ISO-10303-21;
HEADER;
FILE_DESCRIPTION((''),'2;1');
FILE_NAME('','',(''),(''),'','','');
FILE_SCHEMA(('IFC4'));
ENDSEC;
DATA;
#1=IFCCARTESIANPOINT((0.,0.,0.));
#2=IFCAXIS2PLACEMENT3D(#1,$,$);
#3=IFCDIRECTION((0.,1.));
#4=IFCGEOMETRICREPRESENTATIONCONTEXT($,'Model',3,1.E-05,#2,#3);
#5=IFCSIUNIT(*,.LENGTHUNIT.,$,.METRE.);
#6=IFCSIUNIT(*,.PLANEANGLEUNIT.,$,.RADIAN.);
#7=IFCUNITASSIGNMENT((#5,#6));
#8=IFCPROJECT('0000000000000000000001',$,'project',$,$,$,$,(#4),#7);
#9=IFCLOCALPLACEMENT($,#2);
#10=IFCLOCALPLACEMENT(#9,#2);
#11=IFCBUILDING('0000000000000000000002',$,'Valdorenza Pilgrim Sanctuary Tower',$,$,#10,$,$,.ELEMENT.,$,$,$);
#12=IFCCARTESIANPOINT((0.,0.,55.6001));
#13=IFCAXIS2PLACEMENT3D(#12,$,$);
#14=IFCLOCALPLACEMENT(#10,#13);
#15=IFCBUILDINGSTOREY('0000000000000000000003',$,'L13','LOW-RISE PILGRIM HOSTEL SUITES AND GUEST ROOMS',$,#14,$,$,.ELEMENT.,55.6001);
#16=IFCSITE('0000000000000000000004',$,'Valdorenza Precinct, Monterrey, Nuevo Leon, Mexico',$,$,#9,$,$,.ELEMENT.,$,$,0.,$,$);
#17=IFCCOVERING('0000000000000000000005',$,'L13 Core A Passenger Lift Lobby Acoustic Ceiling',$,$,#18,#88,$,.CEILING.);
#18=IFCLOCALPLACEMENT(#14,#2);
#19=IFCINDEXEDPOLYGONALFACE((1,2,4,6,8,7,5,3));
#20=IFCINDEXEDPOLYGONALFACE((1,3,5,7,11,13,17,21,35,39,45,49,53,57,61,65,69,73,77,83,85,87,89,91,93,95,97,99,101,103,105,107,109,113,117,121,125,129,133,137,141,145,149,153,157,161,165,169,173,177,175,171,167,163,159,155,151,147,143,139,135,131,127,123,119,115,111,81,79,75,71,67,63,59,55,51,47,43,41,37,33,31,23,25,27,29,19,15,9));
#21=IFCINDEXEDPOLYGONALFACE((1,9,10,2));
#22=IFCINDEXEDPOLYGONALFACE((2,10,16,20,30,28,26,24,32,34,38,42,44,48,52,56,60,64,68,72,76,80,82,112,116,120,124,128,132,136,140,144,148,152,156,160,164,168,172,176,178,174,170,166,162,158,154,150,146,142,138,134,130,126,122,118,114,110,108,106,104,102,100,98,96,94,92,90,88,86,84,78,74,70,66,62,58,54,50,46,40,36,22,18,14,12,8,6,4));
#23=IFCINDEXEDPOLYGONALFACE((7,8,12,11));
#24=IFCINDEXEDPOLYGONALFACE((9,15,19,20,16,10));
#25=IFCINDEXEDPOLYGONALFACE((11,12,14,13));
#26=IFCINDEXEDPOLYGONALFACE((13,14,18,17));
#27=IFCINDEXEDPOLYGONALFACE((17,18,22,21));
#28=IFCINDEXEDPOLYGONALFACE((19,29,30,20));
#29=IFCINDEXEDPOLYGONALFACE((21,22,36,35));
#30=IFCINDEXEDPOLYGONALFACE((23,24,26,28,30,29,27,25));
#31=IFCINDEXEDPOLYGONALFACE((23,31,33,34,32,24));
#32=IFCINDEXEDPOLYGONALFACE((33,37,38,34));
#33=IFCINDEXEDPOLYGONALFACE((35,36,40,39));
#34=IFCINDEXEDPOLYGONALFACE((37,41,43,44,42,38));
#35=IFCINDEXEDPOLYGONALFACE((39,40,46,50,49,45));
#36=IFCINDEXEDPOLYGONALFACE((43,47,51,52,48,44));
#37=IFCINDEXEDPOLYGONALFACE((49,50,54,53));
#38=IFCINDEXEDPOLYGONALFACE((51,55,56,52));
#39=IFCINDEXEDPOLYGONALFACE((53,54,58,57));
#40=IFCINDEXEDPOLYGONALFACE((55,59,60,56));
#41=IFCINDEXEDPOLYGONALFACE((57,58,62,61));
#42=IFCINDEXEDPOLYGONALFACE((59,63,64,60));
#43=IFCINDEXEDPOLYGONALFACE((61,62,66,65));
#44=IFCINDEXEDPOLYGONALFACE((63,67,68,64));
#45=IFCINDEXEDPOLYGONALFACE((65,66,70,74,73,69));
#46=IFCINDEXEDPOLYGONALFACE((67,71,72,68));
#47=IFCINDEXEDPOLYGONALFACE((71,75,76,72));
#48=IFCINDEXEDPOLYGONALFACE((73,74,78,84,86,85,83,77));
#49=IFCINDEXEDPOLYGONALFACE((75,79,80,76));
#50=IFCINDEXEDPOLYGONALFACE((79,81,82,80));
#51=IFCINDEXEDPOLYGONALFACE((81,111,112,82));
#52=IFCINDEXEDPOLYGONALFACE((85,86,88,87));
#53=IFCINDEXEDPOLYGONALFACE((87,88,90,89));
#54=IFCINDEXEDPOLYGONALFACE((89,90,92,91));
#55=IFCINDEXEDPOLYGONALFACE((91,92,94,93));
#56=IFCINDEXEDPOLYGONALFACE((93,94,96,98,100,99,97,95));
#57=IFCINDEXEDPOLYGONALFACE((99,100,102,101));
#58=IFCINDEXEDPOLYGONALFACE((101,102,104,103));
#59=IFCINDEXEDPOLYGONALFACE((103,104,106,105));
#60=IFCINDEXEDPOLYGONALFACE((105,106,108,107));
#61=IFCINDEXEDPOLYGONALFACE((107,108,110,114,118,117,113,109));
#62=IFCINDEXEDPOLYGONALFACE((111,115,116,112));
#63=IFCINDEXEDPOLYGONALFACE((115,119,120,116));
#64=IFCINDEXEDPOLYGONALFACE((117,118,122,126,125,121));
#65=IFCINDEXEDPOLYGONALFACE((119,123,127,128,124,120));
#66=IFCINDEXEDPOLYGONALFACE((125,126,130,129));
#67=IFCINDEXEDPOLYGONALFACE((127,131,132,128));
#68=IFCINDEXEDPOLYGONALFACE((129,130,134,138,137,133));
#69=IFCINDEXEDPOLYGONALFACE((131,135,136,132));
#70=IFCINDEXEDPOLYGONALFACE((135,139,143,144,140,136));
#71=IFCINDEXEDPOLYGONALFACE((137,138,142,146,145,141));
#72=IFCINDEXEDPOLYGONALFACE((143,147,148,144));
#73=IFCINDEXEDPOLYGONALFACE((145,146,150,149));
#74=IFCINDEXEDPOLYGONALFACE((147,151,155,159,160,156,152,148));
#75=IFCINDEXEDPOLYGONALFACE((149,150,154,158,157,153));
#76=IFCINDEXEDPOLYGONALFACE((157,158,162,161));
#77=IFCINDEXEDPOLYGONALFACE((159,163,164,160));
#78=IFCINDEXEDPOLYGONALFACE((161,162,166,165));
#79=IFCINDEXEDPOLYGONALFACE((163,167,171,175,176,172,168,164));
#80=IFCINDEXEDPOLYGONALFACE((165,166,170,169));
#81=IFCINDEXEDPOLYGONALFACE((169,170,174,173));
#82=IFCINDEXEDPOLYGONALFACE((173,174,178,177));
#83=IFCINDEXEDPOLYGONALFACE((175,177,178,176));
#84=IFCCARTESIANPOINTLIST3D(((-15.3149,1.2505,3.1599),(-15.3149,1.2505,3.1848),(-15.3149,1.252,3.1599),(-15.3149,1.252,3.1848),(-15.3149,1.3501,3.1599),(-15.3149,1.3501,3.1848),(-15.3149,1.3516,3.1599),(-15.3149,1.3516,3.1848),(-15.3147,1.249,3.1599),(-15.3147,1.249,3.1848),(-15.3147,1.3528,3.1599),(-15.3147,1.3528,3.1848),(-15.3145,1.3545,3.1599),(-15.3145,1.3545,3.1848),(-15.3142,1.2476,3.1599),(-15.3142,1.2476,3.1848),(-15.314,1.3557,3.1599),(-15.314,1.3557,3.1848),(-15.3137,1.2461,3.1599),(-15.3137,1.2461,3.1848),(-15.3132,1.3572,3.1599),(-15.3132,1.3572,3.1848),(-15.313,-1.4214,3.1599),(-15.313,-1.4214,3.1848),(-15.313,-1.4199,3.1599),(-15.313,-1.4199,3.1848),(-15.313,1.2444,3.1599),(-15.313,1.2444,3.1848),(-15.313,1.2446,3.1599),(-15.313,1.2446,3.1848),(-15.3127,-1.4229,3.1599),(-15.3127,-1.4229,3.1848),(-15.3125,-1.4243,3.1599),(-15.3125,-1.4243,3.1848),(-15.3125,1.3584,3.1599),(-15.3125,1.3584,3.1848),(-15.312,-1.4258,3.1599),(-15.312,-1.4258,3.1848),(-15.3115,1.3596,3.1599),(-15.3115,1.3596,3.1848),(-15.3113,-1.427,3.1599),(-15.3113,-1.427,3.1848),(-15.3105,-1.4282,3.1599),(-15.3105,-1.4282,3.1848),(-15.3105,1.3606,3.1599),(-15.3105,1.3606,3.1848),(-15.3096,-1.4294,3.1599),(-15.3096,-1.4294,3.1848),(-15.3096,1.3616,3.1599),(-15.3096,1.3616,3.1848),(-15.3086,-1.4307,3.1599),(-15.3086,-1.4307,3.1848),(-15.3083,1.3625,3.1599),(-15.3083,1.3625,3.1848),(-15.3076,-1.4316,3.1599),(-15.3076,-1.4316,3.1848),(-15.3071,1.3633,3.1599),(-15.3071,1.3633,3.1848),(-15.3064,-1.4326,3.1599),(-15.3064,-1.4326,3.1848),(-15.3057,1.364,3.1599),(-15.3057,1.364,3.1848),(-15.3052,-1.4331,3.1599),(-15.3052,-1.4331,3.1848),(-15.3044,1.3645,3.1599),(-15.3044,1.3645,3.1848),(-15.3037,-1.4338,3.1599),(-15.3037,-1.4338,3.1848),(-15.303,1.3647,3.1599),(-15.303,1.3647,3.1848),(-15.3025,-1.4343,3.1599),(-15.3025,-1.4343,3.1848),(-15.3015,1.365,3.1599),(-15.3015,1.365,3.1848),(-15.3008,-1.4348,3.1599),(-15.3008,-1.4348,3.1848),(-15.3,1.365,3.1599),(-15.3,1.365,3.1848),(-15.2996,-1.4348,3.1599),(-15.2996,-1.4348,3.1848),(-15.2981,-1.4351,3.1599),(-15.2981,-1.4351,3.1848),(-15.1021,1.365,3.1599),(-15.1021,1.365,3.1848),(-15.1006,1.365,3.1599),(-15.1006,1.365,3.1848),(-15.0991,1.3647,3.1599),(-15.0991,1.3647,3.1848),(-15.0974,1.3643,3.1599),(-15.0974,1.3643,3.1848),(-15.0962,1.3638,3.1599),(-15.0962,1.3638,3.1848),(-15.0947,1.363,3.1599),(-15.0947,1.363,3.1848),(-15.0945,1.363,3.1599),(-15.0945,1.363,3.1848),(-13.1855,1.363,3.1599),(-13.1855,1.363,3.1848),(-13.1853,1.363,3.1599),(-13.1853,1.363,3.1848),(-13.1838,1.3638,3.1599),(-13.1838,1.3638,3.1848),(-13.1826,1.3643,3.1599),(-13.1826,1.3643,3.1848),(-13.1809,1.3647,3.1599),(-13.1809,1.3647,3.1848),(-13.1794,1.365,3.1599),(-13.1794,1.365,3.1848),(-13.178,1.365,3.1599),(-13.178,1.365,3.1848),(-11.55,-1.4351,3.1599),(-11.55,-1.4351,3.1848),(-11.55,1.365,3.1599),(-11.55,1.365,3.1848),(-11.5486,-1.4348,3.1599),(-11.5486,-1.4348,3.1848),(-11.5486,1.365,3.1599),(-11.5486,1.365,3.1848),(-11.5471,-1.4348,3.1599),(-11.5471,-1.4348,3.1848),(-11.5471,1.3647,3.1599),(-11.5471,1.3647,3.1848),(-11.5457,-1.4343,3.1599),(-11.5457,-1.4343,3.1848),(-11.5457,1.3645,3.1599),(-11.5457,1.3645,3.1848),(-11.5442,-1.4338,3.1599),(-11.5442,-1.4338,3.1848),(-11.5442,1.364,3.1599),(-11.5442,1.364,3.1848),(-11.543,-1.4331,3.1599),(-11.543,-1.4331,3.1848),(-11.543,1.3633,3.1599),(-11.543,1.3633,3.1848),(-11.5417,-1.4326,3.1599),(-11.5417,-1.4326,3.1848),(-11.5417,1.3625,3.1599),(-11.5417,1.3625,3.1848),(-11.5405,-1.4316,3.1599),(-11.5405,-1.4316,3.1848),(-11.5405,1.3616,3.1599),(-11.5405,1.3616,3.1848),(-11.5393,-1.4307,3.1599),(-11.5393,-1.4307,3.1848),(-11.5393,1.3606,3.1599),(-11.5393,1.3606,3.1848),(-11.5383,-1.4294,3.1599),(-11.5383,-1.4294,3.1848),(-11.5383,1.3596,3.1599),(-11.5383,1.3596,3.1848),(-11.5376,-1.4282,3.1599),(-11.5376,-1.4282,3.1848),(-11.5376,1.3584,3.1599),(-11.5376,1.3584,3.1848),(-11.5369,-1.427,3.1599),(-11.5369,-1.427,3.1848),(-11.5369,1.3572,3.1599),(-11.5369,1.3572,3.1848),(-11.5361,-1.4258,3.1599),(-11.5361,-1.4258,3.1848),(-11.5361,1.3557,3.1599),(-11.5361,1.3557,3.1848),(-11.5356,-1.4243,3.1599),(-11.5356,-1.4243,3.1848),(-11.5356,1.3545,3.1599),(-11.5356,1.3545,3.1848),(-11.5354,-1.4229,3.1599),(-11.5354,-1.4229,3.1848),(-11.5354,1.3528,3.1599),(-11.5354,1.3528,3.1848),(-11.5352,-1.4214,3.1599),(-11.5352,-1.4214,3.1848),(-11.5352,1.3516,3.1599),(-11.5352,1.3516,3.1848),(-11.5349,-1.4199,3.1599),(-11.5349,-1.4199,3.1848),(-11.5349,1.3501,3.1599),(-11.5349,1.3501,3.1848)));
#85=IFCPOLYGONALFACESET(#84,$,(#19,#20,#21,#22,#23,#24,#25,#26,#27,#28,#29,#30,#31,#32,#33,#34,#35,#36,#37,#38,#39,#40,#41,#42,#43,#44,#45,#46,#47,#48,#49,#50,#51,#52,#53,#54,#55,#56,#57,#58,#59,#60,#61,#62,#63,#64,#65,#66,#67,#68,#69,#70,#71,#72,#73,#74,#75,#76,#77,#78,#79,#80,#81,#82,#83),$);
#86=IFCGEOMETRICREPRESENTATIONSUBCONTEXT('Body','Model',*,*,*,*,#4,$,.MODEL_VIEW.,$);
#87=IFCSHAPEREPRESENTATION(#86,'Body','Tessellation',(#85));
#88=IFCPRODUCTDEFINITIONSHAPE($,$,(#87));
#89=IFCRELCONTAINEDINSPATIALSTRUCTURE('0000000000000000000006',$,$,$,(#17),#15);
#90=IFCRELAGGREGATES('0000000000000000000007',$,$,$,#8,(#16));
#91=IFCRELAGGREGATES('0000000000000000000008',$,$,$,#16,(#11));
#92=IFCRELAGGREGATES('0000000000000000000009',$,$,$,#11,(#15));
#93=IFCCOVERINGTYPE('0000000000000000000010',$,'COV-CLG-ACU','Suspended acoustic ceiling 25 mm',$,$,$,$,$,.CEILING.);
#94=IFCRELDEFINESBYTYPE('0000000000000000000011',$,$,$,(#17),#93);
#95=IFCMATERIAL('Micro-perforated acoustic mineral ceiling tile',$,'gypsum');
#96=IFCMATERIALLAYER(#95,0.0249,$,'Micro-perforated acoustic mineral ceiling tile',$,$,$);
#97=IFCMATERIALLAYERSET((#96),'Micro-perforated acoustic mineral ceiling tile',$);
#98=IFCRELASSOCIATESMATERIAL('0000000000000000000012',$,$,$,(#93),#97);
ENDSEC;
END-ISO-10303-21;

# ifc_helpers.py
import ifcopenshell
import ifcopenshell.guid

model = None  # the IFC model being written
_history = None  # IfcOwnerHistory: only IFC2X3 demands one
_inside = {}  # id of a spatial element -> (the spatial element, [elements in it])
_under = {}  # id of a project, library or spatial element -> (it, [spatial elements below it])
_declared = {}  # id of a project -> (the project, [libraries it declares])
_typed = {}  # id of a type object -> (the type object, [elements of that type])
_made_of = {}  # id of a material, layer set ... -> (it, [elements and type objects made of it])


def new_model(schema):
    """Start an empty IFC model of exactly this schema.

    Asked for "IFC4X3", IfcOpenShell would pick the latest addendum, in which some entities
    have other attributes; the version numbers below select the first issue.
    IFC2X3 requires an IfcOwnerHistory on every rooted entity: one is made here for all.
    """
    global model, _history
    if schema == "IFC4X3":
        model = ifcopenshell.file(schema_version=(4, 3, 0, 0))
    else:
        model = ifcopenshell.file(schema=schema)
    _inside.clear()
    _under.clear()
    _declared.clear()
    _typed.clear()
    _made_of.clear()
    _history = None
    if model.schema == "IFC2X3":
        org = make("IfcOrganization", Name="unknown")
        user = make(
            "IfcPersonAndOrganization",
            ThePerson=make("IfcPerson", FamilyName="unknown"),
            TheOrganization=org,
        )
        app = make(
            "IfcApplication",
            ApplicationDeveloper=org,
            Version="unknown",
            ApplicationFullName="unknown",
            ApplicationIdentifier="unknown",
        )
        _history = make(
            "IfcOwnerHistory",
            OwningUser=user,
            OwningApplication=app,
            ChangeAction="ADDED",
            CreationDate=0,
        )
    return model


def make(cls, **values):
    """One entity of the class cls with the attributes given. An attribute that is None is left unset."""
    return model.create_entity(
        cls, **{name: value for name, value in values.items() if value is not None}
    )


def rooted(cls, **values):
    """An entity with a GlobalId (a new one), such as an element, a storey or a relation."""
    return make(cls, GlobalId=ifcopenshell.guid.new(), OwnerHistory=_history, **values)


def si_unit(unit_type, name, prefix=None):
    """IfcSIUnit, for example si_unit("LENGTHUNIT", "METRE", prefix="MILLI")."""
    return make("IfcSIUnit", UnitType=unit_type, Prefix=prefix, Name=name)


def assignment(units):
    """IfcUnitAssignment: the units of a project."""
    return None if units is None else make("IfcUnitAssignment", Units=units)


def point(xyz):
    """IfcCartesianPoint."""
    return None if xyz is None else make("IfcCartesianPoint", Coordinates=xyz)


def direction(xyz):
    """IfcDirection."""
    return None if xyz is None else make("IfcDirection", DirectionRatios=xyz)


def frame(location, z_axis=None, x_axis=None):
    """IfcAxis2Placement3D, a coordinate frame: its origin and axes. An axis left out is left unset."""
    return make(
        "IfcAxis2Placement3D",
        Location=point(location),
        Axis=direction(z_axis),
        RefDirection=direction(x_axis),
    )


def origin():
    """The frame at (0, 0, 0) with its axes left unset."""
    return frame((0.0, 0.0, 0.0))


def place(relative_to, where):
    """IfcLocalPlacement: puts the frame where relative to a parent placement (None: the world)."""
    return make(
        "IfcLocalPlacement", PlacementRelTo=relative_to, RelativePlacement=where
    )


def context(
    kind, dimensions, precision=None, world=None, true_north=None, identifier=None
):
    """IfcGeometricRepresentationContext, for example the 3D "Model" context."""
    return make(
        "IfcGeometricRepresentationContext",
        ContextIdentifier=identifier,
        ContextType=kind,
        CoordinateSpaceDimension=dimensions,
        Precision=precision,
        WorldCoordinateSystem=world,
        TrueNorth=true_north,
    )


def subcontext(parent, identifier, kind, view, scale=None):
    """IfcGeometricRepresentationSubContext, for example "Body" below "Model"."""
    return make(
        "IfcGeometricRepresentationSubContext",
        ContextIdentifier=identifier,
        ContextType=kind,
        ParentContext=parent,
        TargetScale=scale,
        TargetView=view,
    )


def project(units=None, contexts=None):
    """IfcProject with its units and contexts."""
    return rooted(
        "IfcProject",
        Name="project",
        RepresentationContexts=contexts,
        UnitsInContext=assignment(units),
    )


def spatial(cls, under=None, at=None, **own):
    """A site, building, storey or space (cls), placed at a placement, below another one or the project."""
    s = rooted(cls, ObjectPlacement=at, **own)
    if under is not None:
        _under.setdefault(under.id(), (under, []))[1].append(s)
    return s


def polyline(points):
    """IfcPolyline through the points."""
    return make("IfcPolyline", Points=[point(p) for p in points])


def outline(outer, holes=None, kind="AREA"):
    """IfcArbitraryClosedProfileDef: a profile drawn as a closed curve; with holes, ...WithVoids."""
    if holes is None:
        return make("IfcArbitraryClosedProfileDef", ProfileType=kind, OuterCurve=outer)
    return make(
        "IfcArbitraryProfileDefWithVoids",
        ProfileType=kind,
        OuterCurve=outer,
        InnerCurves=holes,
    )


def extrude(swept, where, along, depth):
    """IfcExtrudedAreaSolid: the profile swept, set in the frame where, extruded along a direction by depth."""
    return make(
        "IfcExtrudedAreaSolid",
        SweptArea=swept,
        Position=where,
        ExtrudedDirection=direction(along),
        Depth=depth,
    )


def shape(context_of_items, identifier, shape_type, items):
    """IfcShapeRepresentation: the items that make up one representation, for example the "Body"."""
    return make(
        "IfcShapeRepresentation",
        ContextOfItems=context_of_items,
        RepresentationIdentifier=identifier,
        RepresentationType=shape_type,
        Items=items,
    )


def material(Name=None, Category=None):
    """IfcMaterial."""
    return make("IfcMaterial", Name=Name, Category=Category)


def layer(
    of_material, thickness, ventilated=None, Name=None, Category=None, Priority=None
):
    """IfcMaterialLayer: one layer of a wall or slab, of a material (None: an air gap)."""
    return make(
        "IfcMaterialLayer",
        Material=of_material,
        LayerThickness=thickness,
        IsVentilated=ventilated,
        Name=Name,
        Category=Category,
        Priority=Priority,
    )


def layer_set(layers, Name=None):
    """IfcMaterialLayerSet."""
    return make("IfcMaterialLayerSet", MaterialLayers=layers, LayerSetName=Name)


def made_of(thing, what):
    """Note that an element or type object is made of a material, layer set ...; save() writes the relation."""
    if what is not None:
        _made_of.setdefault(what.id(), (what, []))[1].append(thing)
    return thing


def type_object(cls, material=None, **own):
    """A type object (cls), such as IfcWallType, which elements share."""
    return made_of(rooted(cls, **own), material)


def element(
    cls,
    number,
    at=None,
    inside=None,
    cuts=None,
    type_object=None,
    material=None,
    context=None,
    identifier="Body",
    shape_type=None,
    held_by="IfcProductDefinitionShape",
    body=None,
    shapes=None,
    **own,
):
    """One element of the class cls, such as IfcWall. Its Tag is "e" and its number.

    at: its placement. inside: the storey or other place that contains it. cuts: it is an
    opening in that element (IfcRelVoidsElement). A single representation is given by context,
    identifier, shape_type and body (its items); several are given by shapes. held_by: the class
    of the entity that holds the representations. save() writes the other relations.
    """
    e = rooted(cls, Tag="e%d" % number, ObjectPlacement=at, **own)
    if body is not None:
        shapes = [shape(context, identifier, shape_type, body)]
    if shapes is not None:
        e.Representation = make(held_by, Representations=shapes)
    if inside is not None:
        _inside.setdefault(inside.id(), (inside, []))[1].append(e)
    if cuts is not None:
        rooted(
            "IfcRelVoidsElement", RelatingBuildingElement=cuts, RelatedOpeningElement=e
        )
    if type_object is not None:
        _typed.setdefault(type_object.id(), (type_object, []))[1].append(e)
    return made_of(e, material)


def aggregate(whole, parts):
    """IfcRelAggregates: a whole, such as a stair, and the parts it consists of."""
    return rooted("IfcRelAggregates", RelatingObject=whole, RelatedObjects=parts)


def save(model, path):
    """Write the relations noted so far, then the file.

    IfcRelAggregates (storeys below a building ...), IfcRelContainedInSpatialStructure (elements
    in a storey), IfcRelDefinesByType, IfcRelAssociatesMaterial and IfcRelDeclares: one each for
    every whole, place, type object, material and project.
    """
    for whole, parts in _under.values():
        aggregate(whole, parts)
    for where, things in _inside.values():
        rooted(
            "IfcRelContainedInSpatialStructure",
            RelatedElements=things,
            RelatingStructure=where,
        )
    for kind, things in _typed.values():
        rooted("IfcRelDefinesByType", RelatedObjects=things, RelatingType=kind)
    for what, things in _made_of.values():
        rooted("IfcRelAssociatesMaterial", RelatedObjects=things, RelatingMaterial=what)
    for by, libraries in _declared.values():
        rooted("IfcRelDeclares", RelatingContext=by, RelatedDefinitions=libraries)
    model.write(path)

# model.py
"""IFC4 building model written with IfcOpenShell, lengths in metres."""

from ifc_helpers import new_model, si_unit, direction, frame, origin, place, context, subcontext, project, spatial, polyline, outline, extrude, material, layer, layer_set, type_object, element, save


model = new_model("IFC4")

# Units and contexts
model_context = context("Model", 3, precision=1e-05, world=origin(), true_north=direction((0.0, 1.0)))
body_context = subcontext(model_context, "Body", "Model", "MODEL_VIEW")
ifc_project = project(units=[si_unit("LENGTHUNIT", "METRE"), si_unit("PLANEANGLEUNIT", "RADIAN")], contexts=[model_context])

# Site, building, storey
site_placement = place(None, origin())
site = spatial("IfcSite", under=ifc_project, at=site_placement, Name="Valdorenza Precinct, Monterrey, Nuevo Leon, Mexico", CompositionType="ELEMENT", RefElevation=0.0)
building_placement = place(site_placement, origin())
building = spatial("IfcBuilding", under=site, at=building_placement, Name="Valdorenza Pilgrim Sanctuary Tower", CompositionType="ELEMENT")
storey_placement = place(building_placement, frame((0.0, 0.0, 55.6001)))
storey = spatial("IfcBuildingStorey", under=building, at=storey_placement, Name="L13", Description="LOW-RISE PILGRIM HOSTEL SUITES AND GUEST ROOMS", CompositionType="ELEMENT", Elevation=55.6001)

# Covering
ifc_material_1 = material(Name="Micro-perforated acoustic mineral ceiling tile", Category="gypsum")
ifc_layer_1 = layer(ifc_material_1, 0.0249, Name="Micro-perforated acoustic mineral ceiling tile")
ifc_layer_set_1 = layer_set([ifc_layer_1], Name="Micro-perforated acoustic mineral ceiling tile")
covering_type_1 = type_object("IfcCoveringType", Name="COV-CLG-ACU", Description="Suspended acoustic ceiling 25 mm", PredefinedType="CEILING", material=ifc_layer_set_1)
covering_1_placement = place(storey_placement, frame((0.0, 0.0, 3.1599)))
element("IfcCovering", 1, at=covering_1_placement, inside=storey, type_object=covering_type_1, Name="L13 Core A Passenger Lift Lobby Acoustic Ceiling", PredefinedType="CEILING", context=body_context, shape_type="SweptSolid", body=[
    extrude(outline(polyline([(-15.313, 1.2444), (-15.313, 1.2446), (-15.3137, 1.2461), (-15.3142, 1.2476), (-15.3147, 1.249), (-15.3149, 1.2505), (-15.3149, 1.252), (-15.3149, 1.3501), (-15.3149, 1.3516), (-15.3147, 1.3528), (-15.3145, 1.3545), (-15.314, 1.3557), (-15.3132, 1.3572), (-15.3125, 1.3584), (-15.3115, 1.3596), (-15.3105, 1.3606), (-15.3096, 1.3616), (-15.3083, 1.3625), (-15.3071, 1.3633), (-15.3057, 1.364), (-15.3044, 1.3645), (-15.303, 1.3647), (-15.3015, 1.365), (-15.3, 1.365), (-15.1021, 1.365), (-15.1006, 1.365), (-15.0991, 1.3647), (-15.0974, 1.3643), (-15.0962, 1.3638), (-15.0947, 1.363), (-15.0945, 1.363), (-13.1855, 1.363), (-13.1853, 1.363), (-13.1838, 1.3638), (-13.1826, 1.3643), (-13.1809, 1.3647), (-13.1794, 1.365), (-13.178, 1.365), (-11.55, 1.365), (-11.5486, 1.365), (-11.5471, 1.3647), (-11.5457, 1.3645), (-11.5442, 1.364), (-11.543, 1.3633), (-11.5417, 1.3625), (-11.5405, 1.3616), (-11.5393, 1.3606), (-11.5383, 1.3596), (-11.5376, 1.3584), (-11.5369, 1.3572), (-11.5361, 1.3557), (-11.5356, 1.3545), (-11.5354, 1.3528), (-11.5352, 1.3516), (-11.5349, 1.3501), (-11.5349, -1.4199), (-11.5352, -1.4214), (-11.5354, -1.4229), (-11.5356, -1.4243), (-11.5361, -1.4258), (-11.5369, -1.427), (-11.5376, -1.4282), (-11.5383, -1.4294), (-11.5393, -1.4307), (-11.5405, -1.4316), (-11.5417, -1.4326), (-11.543, -1.4331), (-11.5442, -1.4338), (-11.5457, -1.4343), (-11.5471, -1.4348), (-11.5486, -1.4348), (-11.55, -1.4351), (-15.2981, -1.4351), (-15.2996, -1.4348), (-15.3008, -1.4348), (-15.3025, -1.4343), (-15.3037, -1.4338), (-15.3052, -1.4331), (-15.3064, -1.4326), (-15.3076, -1.4316), (-15.3086, -1.4307), (-15.3096, -1.4294), (-15.3105, -1.4282), (-15.3113, -1.427), (-15.312, -1.4258), (-15.3125, -1.4243), (-15.3127, -1.4229), (-15.313, -1.4214), (-15.313, -1.4199), (-15.313, 1.2444)])), origin(), (0.0, 0.0, 1.0), 0.0249),
])

save(model, "model.ifc")
